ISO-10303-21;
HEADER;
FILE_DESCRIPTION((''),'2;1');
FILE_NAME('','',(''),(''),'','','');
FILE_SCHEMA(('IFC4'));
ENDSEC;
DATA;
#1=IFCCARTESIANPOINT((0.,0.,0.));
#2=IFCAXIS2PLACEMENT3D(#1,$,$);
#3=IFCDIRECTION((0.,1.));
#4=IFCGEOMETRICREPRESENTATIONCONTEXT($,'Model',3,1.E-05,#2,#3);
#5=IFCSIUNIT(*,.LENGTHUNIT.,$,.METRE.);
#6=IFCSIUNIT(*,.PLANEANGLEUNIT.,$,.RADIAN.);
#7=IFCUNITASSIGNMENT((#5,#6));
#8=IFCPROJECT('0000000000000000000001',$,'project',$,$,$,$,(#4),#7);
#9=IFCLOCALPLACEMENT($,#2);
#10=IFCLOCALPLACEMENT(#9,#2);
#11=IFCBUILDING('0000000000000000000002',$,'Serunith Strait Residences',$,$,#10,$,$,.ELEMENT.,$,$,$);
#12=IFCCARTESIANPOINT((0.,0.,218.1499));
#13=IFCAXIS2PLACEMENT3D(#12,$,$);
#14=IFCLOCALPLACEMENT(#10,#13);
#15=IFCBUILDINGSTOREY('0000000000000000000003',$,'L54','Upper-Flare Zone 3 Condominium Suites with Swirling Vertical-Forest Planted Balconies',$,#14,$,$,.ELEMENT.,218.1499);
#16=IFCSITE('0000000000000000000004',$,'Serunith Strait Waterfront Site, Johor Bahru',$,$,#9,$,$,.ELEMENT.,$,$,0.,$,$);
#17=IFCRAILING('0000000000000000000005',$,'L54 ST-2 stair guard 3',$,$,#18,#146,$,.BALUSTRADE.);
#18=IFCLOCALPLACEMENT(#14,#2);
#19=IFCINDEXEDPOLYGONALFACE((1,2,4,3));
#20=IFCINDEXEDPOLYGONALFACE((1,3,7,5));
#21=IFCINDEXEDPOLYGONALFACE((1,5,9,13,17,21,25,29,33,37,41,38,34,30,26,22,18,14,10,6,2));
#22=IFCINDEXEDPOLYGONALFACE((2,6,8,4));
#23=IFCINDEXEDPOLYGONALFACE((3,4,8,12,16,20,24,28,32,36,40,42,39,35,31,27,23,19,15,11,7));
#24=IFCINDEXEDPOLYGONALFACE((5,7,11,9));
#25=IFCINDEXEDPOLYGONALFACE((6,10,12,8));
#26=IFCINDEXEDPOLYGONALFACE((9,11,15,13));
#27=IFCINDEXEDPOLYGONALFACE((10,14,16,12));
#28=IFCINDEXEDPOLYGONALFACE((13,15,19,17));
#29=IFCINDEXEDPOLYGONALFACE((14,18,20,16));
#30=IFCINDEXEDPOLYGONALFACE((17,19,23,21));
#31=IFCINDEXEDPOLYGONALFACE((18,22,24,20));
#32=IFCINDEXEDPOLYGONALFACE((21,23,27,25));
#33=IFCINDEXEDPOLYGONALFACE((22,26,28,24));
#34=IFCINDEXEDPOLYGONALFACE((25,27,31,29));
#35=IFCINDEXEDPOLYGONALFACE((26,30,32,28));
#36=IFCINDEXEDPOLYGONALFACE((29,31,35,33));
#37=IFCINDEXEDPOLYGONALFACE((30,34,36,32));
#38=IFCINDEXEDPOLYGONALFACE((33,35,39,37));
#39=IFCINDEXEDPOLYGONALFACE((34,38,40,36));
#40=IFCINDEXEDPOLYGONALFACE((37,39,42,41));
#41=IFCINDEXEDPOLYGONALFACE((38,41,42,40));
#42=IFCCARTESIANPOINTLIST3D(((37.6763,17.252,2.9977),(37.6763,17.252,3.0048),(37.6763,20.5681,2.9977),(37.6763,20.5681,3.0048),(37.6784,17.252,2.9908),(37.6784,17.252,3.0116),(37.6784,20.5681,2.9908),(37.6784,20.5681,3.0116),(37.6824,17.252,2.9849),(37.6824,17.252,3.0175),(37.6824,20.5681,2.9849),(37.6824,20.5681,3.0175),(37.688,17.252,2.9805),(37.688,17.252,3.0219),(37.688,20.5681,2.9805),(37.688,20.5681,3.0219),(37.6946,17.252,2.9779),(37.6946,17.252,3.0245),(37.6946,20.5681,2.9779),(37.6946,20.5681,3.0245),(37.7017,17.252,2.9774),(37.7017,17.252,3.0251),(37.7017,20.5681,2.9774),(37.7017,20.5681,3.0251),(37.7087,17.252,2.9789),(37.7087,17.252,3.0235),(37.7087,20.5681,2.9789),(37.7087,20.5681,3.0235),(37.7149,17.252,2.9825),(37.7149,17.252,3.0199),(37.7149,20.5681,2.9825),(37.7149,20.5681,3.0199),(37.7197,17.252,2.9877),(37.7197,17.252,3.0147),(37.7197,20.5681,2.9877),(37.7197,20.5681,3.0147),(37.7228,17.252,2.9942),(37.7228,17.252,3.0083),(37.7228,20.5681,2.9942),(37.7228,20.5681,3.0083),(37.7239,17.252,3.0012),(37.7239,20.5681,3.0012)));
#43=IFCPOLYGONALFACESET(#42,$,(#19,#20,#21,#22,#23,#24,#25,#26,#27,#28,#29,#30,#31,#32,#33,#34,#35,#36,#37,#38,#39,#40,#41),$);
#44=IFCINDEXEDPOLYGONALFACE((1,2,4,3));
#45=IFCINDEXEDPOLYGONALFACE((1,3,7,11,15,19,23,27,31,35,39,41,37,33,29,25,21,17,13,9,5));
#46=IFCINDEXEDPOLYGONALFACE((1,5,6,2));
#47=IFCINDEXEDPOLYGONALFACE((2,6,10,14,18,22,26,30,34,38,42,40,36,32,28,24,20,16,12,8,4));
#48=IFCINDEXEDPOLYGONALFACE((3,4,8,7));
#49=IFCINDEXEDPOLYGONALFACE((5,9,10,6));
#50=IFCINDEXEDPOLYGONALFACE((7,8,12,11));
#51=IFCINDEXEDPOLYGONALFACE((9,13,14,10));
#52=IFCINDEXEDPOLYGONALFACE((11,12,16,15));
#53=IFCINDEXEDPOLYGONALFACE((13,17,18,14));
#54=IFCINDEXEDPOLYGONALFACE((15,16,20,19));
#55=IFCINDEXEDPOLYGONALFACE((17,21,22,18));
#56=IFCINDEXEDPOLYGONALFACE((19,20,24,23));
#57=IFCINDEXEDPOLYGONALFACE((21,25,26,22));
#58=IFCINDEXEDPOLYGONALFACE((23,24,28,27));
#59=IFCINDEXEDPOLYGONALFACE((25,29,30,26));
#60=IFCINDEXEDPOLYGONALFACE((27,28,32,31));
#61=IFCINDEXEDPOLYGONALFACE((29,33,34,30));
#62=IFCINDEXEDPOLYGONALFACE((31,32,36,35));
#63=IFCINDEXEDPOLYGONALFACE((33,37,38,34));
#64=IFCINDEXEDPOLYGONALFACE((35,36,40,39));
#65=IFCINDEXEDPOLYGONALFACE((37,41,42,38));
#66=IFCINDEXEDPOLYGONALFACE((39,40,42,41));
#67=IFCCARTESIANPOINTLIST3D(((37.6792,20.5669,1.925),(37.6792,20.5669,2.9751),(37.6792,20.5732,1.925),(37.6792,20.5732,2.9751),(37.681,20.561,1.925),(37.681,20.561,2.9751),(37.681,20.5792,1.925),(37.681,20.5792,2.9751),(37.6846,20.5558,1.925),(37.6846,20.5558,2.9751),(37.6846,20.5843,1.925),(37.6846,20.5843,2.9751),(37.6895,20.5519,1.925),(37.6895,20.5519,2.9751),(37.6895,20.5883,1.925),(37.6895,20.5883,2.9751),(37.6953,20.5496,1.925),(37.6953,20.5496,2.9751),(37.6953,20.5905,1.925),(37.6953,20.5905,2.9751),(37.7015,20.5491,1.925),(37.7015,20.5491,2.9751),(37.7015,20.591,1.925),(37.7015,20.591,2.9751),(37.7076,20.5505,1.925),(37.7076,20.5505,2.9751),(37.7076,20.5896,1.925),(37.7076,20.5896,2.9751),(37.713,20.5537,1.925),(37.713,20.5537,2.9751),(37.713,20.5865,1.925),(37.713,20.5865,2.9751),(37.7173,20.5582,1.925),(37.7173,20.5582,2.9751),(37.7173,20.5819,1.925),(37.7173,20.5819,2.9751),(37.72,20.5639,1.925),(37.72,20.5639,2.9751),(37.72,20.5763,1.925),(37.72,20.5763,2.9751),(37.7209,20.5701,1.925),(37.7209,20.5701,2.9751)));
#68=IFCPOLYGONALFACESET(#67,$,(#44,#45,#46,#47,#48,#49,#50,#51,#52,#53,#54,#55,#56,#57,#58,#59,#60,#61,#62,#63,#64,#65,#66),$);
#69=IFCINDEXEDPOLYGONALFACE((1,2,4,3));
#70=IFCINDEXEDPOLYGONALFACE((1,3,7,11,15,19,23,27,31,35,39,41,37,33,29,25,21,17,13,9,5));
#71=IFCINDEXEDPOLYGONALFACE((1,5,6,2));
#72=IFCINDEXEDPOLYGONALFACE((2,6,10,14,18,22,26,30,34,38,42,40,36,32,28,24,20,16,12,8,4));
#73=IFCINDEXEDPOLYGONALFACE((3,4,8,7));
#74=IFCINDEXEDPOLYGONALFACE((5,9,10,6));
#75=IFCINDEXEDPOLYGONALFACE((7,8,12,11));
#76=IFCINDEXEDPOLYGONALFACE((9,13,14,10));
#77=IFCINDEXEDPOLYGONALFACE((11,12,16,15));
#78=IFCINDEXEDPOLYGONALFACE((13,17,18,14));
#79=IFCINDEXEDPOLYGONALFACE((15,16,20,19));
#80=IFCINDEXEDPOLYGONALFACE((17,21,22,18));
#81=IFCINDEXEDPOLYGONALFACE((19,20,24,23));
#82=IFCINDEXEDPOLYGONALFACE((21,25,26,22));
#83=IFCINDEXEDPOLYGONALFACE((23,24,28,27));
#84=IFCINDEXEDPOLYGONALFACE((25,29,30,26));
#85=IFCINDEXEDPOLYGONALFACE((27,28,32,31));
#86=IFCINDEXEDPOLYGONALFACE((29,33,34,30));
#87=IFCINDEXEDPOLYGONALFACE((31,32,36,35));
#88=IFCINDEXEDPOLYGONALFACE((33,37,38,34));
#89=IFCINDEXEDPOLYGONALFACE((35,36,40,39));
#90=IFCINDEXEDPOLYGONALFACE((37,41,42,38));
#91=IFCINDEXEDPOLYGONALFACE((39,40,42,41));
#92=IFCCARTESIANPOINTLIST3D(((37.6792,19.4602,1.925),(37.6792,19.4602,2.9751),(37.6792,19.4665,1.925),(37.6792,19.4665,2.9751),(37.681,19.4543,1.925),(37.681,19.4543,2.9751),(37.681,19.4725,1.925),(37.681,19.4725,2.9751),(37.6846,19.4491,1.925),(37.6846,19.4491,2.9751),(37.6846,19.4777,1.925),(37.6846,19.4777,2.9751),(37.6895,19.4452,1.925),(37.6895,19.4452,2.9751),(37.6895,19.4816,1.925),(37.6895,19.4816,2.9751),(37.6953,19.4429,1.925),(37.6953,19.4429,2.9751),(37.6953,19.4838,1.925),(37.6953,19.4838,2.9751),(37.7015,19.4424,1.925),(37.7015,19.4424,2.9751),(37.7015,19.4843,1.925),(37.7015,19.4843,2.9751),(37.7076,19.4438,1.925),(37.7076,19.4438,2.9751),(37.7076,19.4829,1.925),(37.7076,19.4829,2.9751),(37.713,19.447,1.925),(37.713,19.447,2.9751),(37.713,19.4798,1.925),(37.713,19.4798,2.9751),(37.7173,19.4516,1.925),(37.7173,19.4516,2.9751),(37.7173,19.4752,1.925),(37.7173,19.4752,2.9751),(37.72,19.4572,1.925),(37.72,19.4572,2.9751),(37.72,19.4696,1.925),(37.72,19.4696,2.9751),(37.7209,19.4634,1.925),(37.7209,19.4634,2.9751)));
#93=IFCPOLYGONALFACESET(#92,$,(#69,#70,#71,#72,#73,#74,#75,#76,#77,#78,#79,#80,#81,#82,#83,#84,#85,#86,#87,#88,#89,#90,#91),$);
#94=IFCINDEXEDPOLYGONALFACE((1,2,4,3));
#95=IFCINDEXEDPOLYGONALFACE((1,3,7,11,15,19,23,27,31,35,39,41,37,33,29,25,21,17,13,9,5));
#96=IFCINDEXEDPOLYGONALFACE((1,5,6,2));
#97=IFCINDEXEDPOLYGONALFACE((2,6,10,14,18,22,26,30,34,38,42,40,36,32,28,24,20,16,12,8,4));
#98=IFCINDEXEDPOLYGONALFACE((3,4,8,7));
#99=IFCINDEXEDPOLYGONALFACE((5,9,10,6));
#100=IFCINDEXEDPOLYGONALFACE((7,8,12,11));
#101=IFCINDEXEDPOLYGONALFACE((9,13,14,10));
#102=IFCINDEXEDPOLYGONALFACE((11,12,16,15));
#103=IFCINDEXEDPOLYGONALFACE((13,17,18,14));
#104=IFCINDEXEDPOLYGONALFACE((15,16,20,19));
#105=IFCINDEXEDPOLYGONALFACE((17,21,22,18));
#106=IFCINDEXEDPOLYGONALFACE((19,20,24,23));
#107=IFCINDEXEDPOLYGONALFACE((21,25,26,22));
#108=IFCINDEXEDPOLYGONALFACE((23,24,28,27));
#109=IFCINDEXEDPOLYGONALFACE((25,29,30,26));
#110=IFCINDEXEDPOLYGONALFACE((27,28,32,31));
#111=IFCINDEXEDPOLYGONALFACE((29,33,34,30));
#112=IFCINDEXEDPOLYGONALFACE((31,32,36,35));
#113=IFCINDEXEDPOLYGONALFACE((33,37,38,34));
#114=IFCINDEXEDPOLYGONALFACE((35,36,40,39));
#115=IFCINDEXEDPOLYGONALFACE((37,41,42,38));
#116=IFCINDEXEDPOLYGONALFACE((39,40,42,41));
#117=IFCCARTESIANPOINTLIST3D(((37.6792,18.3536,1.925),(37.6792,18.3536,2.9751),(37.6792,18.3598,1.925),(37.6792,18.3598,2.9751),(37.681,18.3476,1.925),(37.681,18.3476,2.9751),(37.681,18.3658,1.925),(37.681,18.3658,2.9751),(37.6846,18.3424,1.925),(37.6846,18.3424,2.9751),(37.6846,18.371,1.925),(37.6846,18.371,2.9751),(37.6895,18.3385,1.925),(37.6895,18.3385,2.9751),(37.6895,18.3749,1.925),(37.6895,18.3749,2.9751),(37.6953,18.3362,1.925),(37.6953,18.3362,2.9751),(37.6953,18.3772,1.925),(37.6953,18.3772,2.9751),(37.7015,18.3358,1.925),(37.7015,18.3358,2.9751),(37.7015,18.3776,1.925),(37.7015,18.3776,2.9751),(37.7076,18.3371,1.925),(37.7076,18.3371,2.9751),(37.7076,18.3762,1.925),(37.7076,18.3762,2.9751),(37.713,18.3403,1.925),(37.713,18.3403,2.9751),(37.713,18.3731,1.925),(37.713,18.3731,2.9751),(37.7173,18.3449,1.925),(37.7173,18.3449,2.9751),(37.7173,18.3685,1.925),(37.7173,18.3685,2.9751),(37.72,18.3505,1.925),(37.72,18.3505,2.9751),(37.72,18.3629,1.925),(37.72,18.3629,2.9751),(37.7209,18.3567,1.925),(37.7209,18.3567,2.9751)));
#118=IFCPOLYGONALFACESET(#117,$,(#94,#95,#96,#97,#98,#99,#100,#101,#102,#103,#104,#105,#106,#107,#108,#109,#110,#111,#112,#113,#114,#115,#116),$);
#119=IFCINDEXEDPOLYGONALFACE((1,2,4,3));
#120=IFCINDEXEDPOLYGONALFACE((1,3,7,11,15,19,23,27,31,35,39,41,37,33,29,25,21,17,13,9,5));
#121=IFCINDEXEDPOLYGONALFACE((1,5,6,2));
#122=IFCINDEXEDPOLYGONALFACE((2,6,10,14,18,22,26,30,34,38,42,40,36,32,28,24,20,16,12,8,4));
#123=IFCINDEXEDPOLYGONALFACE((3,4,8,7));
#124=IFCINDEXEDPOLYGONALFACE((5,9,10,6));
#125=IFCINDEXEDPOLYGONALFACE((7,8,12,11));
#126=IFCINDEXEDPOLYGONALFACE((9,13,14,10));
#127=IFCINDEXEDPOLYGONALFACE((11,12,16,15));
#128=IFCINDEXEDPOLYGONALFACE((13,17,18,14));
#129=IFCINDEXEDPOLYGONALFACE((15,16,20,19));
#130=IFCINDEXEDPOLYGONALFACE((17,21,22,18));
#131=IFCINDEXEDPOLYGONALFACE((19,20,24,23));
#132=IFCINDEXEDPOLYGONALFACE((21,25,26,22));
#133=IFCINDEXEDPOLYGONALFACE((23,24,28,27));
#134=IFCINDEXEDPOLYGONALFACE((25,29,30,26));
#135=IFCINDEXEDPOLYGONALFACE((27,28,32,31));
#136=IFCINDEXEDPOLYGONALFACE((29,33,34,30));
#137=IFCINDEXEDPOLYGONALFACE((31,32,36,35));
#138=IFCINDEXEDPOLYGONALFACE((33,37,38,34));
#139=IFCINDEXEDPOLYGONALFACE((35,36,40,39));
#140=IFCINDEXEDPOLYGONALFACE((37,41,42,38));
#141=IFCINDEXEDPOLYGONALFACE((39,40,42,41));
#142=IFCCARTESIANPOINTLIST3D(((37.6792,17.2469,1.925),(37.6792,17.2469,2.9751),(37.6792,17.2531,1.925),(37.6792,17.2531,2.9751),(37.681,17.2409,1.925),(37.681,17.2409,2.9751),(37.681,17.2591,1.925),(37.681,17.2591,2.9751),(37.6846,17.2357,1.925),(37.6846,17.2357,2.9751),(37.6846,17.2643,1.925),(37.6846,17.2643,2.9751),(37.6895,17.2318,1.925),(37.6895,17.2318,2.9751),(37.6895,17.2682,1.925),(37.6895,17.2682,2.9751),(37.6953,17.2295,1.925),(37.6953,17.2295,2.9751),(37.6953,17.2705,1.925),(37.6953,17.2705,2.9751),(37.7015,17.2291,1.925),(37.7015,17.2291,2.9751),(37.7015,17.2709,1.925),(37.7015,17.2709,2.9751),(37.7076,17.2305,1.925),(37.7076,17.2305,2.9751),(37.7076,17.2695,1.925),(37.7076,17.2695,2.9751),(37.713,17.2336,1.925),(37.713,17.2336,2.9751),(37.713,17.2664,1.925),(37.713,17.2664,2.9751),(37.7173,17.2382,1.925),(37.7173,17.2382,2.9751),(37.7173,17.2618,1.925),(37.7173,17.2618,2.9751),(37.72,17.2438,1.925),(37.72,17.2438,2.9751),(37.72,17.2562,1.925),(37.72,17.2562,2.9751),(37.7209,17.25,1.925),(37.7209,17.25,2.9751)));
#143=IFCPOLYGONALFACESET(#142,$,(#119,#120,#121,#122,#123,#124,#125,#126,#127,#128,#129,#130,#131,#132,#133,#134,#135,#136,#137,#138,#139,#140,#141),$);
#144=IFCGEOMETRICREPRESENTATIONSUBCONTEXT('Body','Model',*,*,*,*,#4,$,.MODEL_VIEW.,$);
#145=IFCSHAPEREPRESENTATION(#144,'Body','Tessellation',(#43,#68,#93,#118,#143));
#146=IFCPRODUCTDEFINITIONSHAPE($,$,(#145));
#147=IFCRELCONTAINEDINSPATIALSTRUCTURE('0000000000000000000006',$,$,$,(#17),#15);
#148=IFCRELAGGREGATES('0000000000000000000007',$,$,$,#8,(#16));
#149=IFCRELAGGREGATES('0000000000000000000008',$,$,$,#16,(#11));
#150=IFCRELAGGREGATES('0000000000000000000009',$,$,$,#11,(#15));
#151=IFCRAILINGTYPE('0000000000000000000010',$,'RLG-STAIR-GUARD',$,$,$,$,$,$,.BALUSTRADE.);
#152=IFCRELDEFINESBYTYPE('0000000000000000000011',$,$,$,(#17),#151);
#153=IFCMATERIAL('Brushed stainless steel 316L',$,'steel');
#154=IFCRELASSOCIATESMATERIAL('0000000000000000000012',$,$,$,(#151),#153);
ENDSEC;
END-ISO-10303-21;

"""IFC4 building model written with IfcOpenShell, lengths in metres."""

from ifc_helpers import new_model, si_unit, direction, frame, origin, origin_2d, place, context, subcontext, project, spatial, circle, extrude, material, type_object, element, save


model = new_model("IFC4")

# Units and contexts
model_context = context("Model", 3, precision=1e-05, world=origin(), true_north=direction((0.0, 1.0)))
body_context = subcontext(model_context, "Body", "Model", "MODEL_VIEW")
ifc_project = project(units=[si_unit("LENGTHUNIT", "METRE"), si_unit("PLANEANGLEUNIT", "RADIAN")], contexts=[model_context])

# Site, building, storey
site_placement = place(None, origin())
site = spatial("IfcSite", under=ifc_project, at=site_placement, Name="Serunith Strait Waterfront Site, Johor Bahru", CompositionType="ELEMENT", RefElevation=0.0)
building_placement = place(site_placement, origin())
building = spatial("IfcBuilding", under=site, at=building_placement, Name="Serunith Strait Residences", CompositionType="ELEMENT")
storey_placement = place(building_placement, frame((0.0, 0.0, 218.1499)))
storey = spatial("IfcBuildingStorey", under=building, at=storey_placement, Name="L54", Description="Upper-Flare Zone 3 Condominium Suites with Swirling Vertical-Forest Planted Balconies", CompositionType="ELEMENT", Elevation=218.1499)

# Railing
ifc_material_1 = material(Name="Brushed stainless steel 316L", Category="steel")
railing_type_1 = type_object("IfcRailingType", Name="RLG-STAIR-GUARD", PredefinedType="BALUSTRADE", material=ifc_material_1)
for number, where, name in (
    (1, (37.7, 20.5701, 1.925), "L54 ST-2 stair guard 3"),
):
    element("IfcRailing", number, at=place(storey_placement, frame(where)), inside=storey, type_object=railing_type_1, Name=name, PredefinedType="BALUSTRADE", context=body_context, shape_type="SweptSolid", body=[
        extrude(circle(Radius=0.0239, at=origin_2d()), frame((0.0, -0.002, 1.0762), z_axis=(0.0, -1.0, 0.0), x_axis=(1.0, 0.0, 0.0)), (0.0, 0.0, 1.0), 3.3162),
        extrude(circle(Radius=0.021, at=origin_2d()), origin(), (0.0, 0.0, 1.0), 1.05),
        extrude(circle(Radius=0.021, at=origin_2d()), frame((0.0, -1.1067, 0.0)), (0.0, 0.0, 1.0), 1.05),
        extrude(circle(Radius=0.021, at=origin_2d()), frame((0.0, -2.2134, 0.0)), (0.0, 0.0, 1.0), 1.05),
        extrude(circle(Radius=0.021, at=origin_2d()), frame((0.0, -3.3201, 0.0)), (0.0, 0.0, 1.0), 1.05),
    ])

save(model, "model.ifc")
